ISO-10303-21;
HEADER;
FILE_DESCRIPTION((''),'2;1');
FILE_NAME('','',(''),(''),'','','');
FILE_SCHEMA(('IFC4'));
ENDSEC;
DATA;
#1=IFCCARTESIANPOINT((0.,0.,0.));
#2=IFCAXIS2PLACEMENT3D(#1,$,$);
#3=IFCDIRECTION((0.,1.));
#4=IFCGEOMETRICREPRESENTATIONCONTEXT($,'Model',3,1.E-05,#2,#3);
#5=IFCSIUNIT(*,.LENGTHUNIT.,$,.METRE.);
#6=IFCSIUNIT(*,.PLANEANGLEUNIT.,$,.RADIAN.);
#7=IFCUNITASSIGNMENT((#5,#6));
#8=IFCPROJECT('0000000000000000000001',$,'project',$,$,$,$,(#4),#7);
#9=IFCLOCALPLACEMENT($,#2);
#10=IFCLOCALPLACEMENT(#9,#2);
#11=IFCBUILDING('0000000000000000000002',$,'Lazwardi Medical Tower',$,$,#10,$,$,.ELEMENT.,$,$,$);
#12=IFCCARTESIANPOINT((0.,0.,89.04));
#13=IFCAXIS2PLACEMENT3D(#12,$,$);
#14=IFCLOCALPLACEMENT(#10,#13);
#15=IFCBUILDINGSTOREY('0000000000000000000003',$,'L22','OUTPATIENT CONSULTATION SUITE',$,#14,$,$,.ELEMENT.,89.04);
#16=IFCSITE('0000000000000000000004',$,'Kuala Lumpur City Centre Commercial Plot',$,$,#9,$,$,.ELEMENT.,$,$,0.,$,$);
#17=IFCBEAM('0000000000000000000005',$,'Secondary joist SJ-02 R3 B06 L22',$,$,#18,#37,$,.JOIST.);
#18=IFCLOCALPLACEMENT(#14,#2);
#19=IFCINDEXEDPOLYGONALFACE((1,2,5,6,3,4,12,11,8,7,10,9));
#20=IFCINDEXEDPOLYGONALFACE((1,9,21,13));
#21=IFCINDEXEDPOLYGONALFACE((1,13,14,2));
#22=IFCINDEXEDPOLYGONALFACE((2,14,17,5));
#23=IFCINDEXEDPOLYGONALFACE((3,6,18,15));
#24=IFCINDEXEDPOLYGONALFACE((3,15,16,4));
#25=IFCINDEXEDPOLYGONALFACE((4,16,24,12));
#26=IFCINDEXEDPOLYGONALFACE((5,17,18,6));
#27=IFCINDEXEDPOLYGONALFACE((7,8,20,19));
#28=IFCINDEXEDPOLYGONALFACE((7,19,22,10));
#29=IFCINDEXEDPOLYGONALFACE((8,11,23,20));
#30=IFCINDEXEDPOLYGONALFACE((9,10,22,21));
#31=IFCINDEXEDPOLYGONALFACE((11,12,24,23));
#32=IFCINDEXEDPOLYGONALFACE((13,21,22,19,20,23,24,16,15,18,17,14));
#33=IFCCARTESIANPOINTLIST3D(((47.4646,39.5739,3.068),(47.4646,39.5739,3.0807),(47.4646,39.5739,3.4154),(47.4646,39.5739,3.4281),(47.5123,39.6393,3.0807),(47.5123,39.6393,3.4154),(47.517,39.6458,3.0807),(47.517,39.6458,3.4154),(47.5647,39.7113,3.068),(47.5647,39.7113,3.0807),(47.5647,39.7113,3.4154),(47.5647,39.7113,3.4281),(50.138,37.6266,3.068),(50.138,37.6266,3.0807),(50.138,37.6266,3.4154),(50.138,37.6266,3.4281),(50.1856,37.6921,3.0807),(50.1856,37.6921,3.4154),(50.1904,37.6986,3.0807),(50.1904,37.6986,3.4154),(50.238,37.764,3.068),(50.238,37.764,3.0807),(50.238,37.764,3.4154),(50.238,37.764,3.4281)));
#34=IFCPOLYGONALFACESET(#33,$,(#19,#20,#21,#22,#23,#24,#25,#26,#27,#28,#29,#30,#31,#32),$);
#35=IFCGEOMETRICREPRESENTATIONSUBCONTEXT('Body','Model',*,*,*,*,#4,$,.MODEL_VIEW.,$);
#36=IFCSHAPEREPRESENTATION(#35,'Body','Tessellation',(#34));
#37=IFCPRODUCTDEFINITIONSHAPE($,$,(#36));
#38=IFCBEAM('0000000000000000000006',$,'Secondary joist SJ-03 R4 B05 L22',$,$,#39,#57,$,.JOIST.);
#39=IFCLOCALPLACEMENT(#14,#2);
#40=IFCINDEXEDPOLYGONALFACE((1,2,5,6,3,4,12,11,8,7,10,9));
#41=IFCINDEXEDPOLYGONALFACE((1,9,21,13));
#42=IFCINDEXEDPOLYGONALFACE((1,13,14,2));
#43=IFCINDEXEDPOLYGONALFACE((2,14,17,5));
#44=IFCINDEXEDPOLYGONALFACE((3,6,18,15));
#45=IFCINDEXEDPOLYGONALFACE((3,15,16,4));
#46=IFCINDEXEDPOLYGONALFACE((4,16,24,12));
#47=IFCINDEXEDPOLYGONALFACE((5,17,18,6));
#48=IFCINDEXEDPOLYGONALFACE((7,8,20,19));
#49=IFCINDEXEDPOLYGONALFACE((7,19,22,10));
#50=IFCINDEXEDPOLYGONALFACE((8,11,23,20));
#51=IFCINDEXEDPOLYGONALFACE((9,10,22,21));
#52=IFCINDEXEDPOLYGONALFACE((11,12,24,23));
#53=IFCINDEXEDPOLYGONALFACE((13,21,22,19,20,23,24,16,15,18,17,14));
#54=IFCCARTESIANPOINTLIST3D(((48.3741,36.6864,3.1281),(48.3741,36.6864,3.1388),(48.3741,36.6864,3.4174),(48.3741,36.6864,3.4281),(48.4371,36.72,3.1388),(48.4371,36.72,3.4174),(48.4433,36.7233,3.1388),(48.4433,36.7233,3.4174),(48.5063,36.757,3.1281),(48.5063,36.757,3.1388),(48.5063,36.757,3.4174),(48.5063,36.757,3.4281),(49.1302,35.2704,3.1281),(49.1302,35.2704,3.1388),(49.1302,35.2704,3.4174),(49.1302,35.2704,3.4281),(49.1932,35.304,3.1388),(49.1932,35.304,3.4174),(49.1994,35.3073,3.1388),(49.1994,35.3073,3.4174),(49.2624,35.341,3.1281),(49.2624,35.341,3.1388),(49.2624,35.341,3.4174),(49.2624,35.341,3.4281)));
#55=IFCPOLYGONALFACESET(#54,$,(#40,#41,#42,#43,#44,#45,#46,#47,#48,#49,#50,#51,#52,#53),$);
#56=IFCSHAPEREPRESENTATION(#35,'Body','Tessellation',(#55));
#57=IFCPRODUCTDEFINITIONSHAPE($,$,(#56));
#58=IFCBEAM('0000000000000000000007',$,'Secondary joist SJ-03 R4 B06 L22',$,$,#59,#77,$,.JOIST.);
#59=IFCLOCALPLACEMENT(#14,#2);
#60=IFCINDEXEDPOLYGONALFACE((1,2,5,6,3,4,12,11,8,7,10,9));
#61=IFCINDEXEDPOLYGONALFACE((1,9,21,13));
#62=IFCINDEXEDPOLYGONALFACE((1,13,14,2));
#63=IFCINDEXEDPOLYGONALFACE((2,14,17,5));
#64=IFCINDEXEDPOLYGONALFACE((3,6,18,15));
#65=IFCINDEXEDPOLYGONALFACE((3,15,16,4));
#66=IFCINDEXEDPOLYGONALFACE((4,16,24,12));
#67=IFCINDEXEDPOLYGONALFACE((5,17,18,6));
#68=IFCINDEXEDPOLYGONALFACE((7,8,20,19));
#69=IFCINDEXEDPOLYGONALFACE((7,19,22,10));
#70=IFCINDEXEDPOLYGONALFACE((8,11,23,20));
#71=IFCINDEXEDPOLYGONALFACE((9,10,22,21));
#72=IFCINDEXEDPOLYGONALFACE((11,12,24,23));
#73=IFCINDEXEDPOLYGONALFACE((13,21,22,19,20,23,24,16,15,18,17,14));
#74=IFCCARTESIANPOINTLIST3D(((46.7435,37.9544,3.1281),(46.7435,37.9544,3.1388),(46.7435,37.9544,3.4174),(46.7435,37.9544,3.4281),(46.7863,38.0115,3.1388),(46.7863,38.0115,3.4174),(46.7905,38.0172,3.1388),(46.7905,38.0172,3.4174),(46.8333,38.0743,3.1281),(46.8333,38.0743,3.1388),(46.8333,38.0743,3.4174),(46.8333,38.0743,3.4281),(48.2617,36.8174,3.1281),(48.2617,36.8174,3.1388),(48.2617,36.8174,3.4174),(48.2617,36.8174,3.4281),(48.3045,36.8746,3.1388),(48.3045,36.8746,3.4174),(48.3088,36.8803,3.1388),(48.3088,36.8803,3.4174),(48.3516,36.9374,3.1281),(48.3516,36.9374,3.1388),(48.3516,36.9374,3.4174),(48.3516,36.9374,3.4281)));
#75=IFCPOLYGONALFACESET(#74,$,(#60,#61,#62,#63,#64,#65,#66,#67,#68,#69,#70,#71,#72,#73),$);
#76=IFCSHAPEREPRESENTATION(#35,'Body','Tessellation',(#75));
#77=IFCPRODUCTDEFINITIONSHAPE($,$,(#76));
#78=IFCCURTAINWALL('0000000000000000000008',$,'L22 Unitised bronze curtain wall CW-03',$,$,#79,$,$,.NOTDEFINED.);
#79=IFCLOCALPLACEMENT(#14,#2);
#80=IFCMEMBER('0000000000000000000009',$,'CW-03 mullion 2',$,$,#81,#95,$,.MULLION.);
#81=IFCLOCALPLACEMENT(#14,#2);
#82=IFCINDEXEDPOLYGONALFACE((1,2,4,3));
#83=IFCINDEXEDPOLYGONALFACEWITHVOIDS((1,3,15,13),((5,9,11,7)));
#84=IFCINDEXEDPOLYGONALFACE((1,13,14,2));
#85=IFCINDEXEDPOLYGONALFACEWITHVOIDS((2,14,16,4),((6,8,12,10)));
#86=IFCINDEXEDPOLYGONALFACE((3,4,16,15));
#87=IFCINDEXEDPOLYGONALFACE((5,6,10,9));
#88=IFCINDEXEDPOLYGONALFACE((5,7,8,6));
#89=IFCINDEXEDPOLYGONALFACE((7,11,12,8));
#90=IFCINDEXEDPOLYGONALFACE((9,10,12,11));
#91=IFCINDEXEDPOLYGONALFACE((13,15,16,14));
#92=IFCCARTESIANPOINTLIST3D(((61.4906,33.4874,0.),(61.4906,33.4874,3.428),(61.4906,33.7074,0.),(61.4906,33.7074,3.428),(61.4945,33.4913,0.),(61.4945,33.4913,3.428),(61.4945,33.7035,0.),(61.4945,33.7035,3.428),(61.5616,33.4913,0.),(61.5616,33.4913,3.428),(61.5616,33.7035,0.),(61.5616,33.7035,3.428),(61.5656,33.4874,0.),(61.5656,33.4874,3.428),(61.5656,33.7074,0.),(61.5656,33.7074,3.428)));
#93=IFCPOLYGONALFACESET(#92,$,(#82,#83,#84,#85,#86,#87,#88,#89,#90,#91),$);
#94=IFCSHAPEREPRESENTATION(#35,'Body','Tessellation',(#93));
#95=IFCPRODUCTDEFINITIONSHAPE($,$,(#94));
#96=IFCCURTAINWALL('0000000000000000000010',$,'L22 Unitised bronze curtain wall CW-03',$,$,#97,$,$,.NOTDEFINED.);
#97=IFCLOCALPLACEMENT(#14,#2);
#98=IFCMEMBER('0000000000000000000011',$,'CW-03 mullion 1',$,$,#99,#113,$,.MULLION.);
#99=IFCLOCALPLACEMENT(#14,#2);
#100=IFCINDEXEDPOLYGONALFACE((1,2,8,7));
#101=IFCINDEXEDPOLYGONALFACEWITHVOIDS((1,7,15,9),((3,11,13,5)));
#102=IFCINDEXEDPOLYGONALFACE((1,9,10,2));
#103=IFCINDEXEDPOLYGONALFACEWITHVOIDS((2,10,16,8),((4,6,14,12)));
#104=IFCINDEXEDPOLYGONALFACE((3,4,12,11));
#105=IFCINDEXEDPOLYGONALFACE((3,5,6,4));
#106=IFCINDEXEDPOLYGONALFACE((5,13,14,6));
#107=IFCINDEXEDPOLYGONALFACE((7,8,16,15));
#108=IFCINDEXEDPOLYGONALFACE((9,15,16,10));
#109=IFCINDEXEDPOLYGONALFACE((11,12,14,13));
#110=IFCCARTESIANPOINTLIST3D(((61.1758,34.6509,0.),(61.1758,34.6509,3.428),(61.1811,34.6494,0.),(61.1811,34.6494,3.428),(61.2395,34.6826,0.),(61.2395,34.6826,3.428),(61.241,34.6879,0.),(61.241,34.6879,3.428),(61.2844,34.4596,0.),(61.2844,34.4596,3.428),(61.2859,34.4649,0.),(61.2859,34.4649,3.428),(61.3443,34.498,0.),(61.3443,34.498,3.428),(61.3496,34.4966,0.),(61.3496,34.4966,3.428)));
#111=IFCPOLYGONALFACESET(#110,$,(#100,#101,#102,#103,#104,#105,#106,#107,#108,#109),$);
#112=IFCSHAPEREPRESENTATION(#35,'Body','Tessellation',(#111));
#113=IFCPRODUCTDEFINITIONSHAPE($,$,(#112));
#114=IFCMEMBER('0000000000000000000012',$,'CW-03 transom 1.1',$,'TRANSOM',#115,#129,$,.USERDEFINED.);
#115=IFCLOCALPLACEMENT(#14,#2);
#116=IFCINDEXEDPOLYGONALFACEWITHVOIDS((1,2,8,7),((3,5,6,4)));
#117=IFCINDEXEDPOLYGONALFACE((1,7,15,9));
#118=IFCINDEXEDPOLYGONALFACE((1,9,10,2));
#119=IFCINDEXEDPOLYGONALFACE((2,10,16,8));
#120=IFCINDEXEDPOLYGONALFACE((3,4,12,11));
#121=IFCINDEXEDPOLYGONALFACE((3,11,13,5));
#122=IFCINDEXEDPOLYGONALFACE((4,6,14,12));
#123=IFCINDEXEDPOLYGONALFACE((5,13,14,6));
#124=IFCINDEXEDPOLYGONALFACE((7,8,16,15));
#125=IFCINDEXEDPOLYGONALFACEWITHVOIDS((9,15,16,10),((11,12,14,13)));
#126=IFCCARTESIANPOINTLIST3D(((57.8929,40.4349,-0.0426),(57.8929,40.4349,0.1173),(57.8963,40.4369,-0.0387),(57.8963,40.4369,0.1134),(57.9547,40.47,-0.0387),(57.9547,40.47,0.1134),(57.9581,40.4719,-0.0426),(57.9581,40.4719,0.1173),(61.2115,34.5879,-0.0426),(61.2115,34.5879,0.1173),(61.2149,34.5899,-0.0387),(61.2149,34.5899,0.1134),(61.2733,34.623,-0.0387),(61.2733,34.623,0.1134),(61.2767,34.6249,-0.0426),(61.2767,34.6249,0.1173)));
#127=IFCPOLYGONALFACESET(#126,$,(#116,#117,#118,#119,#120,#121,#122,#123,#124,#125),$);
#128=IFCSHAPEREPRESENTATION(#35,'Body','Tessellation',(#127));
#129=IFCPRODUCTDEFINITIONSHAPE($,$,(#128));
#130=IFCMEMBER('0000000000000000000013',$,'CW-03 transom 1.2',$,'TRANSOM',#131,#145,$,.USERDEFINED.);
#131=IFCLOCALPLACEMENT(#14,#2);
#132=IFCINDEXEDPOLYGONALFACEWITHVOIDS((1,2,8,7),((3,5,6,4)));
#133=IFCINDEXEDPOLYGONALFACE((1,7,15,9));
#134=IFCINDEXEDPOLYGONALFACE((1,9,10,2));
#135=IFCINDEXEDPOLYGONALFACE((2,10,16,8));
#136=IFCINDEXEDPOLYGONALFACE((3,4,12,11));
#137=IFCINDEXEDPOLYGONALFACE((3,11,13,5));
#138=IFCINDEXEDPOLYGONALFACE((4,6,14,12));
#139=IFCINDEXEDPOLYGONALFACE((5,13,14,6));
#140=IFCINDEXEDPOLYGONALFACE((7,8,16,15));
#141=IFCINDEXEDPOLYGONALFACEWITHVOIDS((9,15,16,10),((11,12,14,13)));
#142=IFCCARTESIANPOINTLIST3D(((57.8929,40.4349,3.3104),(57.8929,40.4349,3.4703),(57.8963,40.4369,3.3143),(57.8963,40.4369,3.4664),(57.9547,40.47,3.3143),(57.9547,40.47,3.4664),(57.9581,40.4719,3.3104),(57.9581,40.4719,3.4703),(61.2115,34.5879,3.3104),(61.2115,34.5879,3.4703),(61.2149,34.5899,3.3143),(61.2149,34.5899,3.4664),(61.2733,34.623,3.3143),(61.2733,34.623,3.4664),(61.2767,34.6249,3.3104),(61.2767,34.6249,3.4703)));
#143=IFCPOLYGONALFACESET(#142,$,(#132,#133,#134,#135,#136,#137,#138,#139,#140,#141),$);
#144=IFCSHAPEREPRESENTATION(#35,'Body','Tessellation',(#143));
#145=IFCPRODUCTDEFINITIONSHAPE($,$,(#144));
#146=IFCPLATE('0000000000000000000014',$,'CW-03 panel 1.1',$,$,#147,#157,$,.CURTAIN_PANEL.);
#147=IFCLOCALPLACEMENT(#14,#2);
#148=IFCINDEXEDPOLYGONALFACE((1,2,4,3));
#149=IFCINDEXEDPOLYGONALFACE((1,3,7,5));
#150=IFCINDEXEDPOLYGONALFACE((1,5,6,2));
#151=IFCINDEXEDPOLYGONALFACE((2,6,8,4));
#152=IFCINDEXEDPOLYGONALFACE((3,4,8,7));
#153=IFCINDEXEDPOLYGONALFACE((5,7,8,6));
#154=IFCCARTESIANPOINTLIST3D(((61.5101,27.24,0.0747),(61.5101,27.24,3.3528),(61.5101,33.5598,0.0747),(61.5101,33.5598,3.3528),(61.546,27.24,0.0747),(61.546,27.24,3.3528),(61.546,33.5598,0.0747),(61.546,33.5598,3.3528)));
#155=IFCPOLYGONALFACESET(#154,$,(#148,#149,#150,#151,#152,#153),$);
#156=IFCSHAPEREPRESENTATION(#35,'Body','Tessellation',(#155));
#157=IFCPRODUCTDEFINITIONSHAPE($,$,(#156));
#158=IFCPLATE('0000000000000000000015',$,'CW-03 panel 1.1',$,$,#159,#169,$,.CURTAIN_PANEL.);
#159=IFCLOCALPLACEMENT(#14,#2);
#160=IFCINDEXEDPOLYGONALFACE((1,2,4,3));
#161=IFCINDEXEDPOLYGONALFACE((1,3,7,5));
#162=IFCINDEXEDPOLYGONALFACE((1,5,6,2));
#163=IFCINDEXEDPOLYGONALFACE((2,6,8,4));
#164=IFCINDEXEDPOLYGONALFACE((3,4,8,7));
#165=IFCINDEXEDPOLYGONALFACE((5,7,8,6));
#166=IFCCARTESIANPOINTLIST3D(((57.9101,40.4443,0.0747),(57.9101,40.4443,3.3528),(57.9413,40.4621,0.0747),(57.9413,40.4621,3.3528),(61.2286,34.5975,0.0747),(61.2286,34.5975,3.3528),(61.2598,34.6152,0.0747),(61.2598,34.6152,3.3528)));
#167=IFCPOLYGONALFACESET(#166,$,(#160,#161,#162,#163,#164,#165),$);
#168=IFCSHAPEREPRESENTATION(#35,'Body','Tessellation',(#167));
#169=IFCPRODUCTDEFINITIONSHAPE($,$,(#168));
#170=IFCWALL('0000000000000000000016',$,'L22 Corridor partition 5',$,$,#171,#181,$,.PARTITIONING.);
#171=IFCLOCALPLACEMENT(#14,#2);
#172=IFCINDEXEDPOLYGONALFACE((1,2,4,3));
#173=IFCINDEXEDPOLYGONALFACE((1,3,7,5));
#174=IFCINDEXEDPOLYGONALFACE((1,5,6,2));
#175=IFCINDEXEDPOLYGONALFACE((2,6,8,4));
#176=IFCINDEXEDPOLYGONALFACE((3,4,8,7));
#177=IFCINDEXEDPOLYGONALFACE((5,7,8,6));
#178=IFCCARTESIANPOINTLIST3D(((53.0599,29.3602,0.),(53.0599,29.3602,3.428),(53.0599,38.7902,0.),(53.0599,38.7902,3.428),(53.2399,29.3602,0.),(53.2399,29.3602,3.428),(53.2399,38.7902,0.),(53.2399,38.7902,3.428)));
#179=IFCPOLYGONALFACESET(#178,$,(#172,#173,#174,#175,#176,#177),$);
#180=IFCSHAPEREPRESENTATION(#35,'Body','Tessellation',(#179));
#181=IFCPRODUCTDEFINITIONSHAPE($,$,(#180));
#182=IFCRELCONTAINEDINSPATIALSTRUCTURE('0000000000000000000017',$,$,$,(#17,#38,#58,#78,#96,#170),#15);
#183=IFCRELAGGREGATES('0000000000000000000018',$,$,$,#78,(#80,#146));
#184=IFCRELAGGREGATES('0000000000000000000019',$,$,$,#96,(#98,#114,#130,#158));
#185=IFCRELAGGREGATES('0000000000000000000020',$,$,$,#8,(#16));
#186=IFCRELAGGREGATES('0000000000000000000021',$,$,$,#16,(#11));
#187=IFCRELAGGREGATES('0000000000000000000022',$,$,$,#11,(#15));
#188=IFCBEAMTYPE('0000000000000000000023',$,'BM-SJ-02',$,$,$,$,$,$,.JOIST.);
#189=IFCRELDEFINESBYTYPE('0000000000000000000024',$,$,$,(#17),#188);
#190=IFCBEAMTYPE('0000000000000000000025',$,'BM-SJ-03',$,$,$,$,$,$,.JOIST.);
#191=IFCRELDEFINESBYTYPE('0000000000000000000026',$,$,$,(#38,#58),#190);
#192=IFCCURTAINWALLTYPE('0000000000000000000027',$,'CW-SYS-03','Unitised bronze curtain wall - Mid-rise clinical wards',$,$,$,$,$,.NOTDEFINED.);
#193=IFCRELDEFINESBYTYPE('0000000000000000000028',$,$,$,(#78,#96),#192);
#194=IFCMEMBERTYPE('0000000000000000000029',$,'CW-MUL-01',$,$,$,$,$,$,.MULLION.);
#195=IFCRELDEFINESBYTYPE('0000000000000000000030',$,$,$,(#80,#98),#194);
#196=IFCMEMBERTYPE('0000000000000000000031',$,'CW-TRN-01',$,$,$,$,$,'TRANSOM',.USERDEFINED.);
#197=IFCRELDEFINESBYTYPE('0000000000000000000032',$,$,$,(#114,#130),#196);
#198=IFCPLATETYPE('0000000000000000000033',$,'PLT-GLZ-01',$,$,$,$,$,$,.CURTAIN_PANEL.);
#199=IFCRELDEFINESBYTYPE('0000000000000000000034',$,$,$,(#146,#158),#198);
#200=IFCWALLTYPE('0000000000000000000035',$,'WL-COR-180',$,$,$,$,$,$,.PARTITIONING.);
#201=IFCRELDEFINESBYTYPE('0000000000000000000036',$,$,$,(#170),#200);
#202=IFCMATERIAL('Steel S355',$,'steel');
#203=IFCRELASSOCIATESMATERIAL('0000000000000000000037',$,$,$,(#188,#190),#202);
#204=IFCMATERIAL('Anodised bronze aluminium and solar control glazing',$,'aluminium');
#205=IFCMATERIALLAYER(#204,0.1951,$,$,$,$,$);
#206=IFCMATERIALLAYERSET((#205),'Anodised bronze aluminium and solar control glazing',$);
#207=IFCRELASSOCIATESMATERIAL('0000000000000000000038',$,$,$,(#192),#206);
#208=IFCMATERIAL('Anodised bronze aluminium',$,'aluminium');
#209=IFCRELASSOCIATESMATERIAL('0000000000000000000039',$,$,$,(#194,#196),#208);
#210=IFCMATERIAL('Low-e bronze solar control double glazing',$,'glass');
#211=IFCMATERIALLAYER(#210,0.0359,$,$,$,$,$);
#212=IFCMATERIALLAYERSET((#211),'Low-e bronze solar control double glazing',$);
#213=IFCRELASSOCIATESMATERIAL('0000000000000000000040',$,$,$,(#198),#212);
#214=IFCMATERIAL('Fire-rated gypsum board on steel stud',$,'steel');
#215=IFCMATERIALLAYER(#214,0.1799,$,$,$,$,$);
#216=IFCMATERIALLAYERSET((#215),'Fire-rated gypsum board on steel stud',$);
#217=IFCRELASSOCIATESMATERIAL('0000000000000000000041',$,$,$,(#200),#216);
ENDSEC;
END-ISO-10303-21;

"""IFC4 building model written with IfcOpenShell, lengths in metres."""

from ifc_helpers import new_model, si_unit, direction, frame, frame_2d, origin, origin_2d, place, context, subcontext, project, spatial, rectangle, hollow_rectangle, i_section, extrude, material, layer, layer_set, material_profile, profile_set, type_object, element, aggregate, save


model = new_model("IFC4")

# Units and contexts
model_context = context("Model", 3, precision=1e-05, world=origin(), true_north=direction((0.0, 1.0)))
body_context = subcontext(model_context, "Body", "Model", "MODEL_VIEW")
ifc_project = project(units=[si_unit("LENGTHUNIT", "METRE"), si_unit("PLANEANGLEUNIT", "RADIAN")], contexts=[model_context])

# Site, building, storey
site_placement = place(None, origin())
site = spatial("IfcSite", under=ifc_project, at=site_placement, Name="Kuala Lumpur City Centre Commercial Plot", CompositionType="ELEMENT", RefElevation=0.0)
building_placement = place(site_placement, origin())
building = spatial("IfcBuilding", under=site, at=building_placement, Name="Lazwardi Medical Tower", CompositionType="ELEMENT")
storey_placement = place(building_placement, frame((0.0, 0.0, 89.04)))
storey = spatial("IfcBuildingStorey", under=building, at=storey_placement, Name="L22", Description="OUTPATIENT CONSULTATION SUITE", CompositionType="ELEMENT", Elevation=89.04)

# Beams
ifc_material_1 = material(Name="Steel S355", Category="steel")
ifc_material_profile_1 = material_profile(ifc_material_1, i_section(OverallWidth=0.1699, OverallDepth=0.3601, WebThickness=0.0081, FlangeThickness=0.0127, at=origin_2d()), Name="IPE 360")
ifc_profile_set_1 = profile_set([ifc_material_profile_1], Name="Steel S355")
beam_type_1 = type_object("IfcBeamType", Name="BM-SJ-02", PredefinedType="JOIST", material=ifc_profile_set_1)
beam_1_placement = place(storey_placement, frame((50.188, 37.6953, 3.248), z_axis=(-0.808302, 0.588768, 0.0), x_axis=(-0.588768, -0.808302, 0.0)))
element("IfcBeam", 1, at=beam_1_placement, inside=storey, type_object=beam_type_1, Name="Secondary joist SJ-02 R3 B06 L22", PredefinedType="JOIST", context=body_context, shape_type="SweptSolid", body=[
    extrude(i_section(OverallWidth=0.1699, OverallDepth=0.3601, WebThickness=0.0081, FlangeThickness=0.0127, at=origin_2d()), origin(), (0.0, 0.0, 1.0), 3.3074),
])
ifc_material_profile_2 = material_profile(ifc_material_1, i_section(OverallWidth=0.1499, OverallDepth=0.3, WebThickness=0.0071, FlangeThickness=0.0107, at=origin_2d()), Name="IPE 300")
ifc_profile_set_2 = profile_set([ifc_material_profile_2], Name="Steel S355")
beam_type_2 = type_object("IfcBeamType", Name="BM-SJ-03", PredefinedType="JOIST", material=ifc_profile_set_2)
beam_2_placement = place(storey_placement, frame((49.1963, 35.3057, 3.2781), z_axis=(-0.471022, 0.882121, 0.0), x_axis=(-0.882121, -0.471022, 0.0)))
element("IfcBeam", 2, at=beam_2_placement, inside=storey, type_object=beam_type_2, Name="Secondary joist SJ-03 R4 B05 L22", PredefinedType="JOIST", context=body_context, shape_type="SweptSolid", body=[
    extrude(i_section(OverallWidth=0.1499, OverallDepth=0.3, WebThickness=0.0071, FlangeThickness=0.0107, at=origin_2d()), origin(), (0.0, 0.0, 1.0), 1.6052),
])
beam_3_placement = place(storey_placement, frame((48.3066, 36.8774, 3.2781), z_axis=(-0.800448, 0.599403, 0.0), x_axis=(-0.599403, -0.800448, 0.0)))
element("IfcBeam", 3, at=beam_3_placement, inside=storey, type_object=beam_type_2, Name="Secondary joist SJ-03 R4 B06 L22", PredefinedType="JOIST", context=body_context, shape_type="SweptSolid", body=[
    extrude(i_section(OverallWidth=0.1499, OverallDepth=0.3, WebThickness=0.0071, FlangeThickness=0.0107, at=origin_2d()), origin(), (0.0, 0.0, 1.0), 1.8967),
])

# Curtain wall, member
ifc_material_2 = material(Name="Anodised bronze aluminium and solar control glazing", Category="aluminium")
ifc_layer_1 = layer(ifc_material_2, 0.1951)
ifc_layer_set_1 = layer_set([ifc_layer_1], Name="Anodised bronze aluminium and solar control glazing")
curtain_wall_type = type_object("IfcCurtainWallType", Name="CW-SYS-03", Description="Unitised bronze curtain wall - Mid-rise clinical wards", PredefinedType="NOTDEFINED", material=ifc_layer_set_1)
curtain_wall_1_placement = place(storey_placement, origin())
curtain_wall_1 = element("IfcCurtainWall", 4, at=curtain_wall_1_placement, inside=storey, type_object=curtain_wall_type, Name="L22 Unitised bronze curtain wall CW-03", PredefinedType="NOTDEFINED")
ifc_material_3 = material(Name="Anodised bronze aluminium", Category="aluminium")
ifc_material_profile_3 = material_profile(ifc_material_3, hollow_rectangle(XDim=0.075, YDim=0.22, WallThickness=0.0039, at=origin_2d()), Name="ALU-MULLION 220x75x4")
ifc_profile_set_3 = profile_set([ifc_material_profile_3], Name="Anodised bronze aluminium")
member_type_1 = type_object("IfcMemberType", Name="CW-MUL-01", PredefinedType="MULLION", material=ifc_profile_set_3)
member_1_placement = place(storey_placement, frame((61.5281, 33.5974, 0.0), z_axis=(0.0, 0.0, 1.0), x_axis=(-1.0, 0.0, 0.0)))
member_1 = element("IfcMember", 5, at=member_1_placement, type_object=member_type_1, Name="CW-03 mullion 2", PredefinedType="MULLION", context=body_context, shape_type="SweptSolid", body=[
    extrude(hollow_rectangle(XDim=0.075, YDim=0.22, WallThickness=0.0039, at=origin_2d()), origin(), (0.0, 0.0, 1.0), 3.428),
])

# Curtain wall, members
curtain_wall_2_placement = place(storey_placement, origin())
curtain_wall_2 = element("IfcCurtainWall", 6, at=curtain_wall_2_placement, inside=storey, type_object=curtain_wall_type, Name="L22 Unitised bronze curtain wall CW-03", PredefinedType="NOTDEFINED")
member_2_placement = place(storey_placement, frame((61.2627, 34.5737, 0.0), z_axis=(0.0, 0.0, 1.0), x_axis=(-0.869687, -0.493603, 0.0)))
member_2 = element("IfcMember", 7, at=member_2_placement, type_object=member_type_1, Name="CW-03 mullion 1", PredefinedType="MULLION", context=body_context, shape_type="SweptSolid", body=[
    extrude(hollow_rectangle(XDim=0.075, YDim=0.22, WallThickness=0.0039, at=origin_2d()), origin(), (0.0, 0.0, 1.0), 3.428),
])
ifc_material_profile_4 = material_profile(ifc_material_3, hollow_rectangle(XDim=0.075, YDim=0.1599, WallThickness=0.0039, at=origin_2d()), Name="ALU-TRANSOM 160x75x4")
ifc_profile_set_4 = profile_set([ifc_material_profile_4], Name="Anodised bronze aluminium")
member_type_2 = type_object("IfcMemberType", Name="CW-TRN-01", ElementType="TRANSOM", PredefinedType="USERDEFINED", material=ifc_profile_set_4)
member_3_placement = place(storey_placement, frame((61.2441, 34.6064, 0.0374), z_axis=(-0.493614, 0.869681, 0.0), x_axis=(-0.869681, -0.493614, 0.0)))
member_3 = element("IfcMember", 8, at=member_3_placement, type_object=member_type_2, Name="CW-03 transom 1.1", ObjectType="TRANSOM", PredefinedType="USERDEFINED", context=body_context, shape_type="SweptSolid", body=[
    extrude(hollow_rectangle(XDim=0.075, YDim=0.1599, WallThickness=0.0039, at=origin_2d()), origin(), (0.0, 0.0, 1.0), 6.7231),
])
member_4_placement = place(storey_placement, frame((61.2441, 34.6064, 3.3904), z_axis=(-0.493614, 0.869681, 0.0), x_axis=(-0.869681, -0.493614, 0.0)))
member_4 = element("IfcMember", 9, at=member_4_placement, type_object=member_type_2, Name="CW-03 transom 1.2", ObjectType="TRANSOM", PredefinedType="USERDEFINED", context=body_context, shape_type="SweptSolid", body=[
    extrude(hollow_rectangle(XDim=0.075, YDim=0.1599, WallThickness=0.0039, at=origin_2d()), origin(), (0.0, 0.0, 1.0), 6.7231),
])

# Plates
ifc_material_4 = material(Name="Low-e bronze solar control double glazing", Category="glass")
ifc_layer_2 = layer(ifc_material_4, 0.0359)
ifc_layer_set_2 = layer_set([ifc_layer_2], Name="Low-e bronze solar control double glazing")
plate_type = type_object("IfcPlateType", Name="PLT-GLZ-01", PredefinedType="CURTAIN_PANEL", material=ifc_layer_set_2)
plate_1_placement = place(storey_placement, frame((61.5281, 30.3999, 0.0747), z_axis=(0.0, 0.0, 1.0), x_axis=(0.0, 1.0, 0.0)))
plate_1 = element("IfcPlate", 10, at=plate_1_placement, type_object=plate_type, Name="CW-03 panel 1.1", PredefinedType="CURTAIN_PANEL", context=body_context, shape_type="SweptSolid", body=[
    extrude(rectangle(XDim=6.3198, YDim=0.0359, at=origin_2d()), origin(), (0.0, 0.0, 1.0), 3.2781),
])
aggregate(curtain_wall_1, [member_1, plate_1])
plate_2_placement = place(storey_placement, frame((59.585, 37.5298, 0.0747), z_axis=(0.0, 0.0, 1.0), x_axis=(-0.493603, 0.869687, 0.0)))
plate_2 = element("IfcPlate", 11, at=plate_2_placement, type_object=plate_type, Name="CW-03 panel 1.1", PredefinedType="CURTAIN_PANEL", context=body_context, shape_type="SweptSolid", body=[
    extrude(rectangle(XDim=6.7229, YDim=0.0359, at=origin_2d()), origin(), (0.0, 0.0, 1.0), 3.2781),
])
aggregate(curtain_wall_2, [member_2, member_3, member_4, plate_2])

# Wall
ifc_material_5 = material(Name="Fire-rated gypsum board on steel stud", Category="steel")
ifc_layer_3 = layer(ifc_material_5, 0.1799)
ifc_layer_set_3 = layer_set([ifc_layer_3], Name="Fire-rated gypsum board on steel stud")
wall_type_1 = type_object("IfcWallType", Name="WL-COR-180", PredefinedType="PARTITIONING", material=ifc_layer_set_3)
wall_1_placement = place(storey_placement, frame((53.1499, 38.79, 0.0), z_axis=(0.0, 0.0, 1.0), x_axis=(0.0, -1.0, 0.0)))
element("IfcWall", 12, at=wall_1_placement, inside=storey, type_object=wall_type_1, Name="L22 Corridor partition 5", PredefinedType="PARTITIONING", context=body_context, shape_type="SweptSolid", body=[
    extrude(rectangle(XDim=9.4299, YDim=0.1799, at=frame_2d((4.7148, 0.0))), origin(), (0.0, 0.0, 1.0), 3.428),
])

save(model, "model.ifc")
